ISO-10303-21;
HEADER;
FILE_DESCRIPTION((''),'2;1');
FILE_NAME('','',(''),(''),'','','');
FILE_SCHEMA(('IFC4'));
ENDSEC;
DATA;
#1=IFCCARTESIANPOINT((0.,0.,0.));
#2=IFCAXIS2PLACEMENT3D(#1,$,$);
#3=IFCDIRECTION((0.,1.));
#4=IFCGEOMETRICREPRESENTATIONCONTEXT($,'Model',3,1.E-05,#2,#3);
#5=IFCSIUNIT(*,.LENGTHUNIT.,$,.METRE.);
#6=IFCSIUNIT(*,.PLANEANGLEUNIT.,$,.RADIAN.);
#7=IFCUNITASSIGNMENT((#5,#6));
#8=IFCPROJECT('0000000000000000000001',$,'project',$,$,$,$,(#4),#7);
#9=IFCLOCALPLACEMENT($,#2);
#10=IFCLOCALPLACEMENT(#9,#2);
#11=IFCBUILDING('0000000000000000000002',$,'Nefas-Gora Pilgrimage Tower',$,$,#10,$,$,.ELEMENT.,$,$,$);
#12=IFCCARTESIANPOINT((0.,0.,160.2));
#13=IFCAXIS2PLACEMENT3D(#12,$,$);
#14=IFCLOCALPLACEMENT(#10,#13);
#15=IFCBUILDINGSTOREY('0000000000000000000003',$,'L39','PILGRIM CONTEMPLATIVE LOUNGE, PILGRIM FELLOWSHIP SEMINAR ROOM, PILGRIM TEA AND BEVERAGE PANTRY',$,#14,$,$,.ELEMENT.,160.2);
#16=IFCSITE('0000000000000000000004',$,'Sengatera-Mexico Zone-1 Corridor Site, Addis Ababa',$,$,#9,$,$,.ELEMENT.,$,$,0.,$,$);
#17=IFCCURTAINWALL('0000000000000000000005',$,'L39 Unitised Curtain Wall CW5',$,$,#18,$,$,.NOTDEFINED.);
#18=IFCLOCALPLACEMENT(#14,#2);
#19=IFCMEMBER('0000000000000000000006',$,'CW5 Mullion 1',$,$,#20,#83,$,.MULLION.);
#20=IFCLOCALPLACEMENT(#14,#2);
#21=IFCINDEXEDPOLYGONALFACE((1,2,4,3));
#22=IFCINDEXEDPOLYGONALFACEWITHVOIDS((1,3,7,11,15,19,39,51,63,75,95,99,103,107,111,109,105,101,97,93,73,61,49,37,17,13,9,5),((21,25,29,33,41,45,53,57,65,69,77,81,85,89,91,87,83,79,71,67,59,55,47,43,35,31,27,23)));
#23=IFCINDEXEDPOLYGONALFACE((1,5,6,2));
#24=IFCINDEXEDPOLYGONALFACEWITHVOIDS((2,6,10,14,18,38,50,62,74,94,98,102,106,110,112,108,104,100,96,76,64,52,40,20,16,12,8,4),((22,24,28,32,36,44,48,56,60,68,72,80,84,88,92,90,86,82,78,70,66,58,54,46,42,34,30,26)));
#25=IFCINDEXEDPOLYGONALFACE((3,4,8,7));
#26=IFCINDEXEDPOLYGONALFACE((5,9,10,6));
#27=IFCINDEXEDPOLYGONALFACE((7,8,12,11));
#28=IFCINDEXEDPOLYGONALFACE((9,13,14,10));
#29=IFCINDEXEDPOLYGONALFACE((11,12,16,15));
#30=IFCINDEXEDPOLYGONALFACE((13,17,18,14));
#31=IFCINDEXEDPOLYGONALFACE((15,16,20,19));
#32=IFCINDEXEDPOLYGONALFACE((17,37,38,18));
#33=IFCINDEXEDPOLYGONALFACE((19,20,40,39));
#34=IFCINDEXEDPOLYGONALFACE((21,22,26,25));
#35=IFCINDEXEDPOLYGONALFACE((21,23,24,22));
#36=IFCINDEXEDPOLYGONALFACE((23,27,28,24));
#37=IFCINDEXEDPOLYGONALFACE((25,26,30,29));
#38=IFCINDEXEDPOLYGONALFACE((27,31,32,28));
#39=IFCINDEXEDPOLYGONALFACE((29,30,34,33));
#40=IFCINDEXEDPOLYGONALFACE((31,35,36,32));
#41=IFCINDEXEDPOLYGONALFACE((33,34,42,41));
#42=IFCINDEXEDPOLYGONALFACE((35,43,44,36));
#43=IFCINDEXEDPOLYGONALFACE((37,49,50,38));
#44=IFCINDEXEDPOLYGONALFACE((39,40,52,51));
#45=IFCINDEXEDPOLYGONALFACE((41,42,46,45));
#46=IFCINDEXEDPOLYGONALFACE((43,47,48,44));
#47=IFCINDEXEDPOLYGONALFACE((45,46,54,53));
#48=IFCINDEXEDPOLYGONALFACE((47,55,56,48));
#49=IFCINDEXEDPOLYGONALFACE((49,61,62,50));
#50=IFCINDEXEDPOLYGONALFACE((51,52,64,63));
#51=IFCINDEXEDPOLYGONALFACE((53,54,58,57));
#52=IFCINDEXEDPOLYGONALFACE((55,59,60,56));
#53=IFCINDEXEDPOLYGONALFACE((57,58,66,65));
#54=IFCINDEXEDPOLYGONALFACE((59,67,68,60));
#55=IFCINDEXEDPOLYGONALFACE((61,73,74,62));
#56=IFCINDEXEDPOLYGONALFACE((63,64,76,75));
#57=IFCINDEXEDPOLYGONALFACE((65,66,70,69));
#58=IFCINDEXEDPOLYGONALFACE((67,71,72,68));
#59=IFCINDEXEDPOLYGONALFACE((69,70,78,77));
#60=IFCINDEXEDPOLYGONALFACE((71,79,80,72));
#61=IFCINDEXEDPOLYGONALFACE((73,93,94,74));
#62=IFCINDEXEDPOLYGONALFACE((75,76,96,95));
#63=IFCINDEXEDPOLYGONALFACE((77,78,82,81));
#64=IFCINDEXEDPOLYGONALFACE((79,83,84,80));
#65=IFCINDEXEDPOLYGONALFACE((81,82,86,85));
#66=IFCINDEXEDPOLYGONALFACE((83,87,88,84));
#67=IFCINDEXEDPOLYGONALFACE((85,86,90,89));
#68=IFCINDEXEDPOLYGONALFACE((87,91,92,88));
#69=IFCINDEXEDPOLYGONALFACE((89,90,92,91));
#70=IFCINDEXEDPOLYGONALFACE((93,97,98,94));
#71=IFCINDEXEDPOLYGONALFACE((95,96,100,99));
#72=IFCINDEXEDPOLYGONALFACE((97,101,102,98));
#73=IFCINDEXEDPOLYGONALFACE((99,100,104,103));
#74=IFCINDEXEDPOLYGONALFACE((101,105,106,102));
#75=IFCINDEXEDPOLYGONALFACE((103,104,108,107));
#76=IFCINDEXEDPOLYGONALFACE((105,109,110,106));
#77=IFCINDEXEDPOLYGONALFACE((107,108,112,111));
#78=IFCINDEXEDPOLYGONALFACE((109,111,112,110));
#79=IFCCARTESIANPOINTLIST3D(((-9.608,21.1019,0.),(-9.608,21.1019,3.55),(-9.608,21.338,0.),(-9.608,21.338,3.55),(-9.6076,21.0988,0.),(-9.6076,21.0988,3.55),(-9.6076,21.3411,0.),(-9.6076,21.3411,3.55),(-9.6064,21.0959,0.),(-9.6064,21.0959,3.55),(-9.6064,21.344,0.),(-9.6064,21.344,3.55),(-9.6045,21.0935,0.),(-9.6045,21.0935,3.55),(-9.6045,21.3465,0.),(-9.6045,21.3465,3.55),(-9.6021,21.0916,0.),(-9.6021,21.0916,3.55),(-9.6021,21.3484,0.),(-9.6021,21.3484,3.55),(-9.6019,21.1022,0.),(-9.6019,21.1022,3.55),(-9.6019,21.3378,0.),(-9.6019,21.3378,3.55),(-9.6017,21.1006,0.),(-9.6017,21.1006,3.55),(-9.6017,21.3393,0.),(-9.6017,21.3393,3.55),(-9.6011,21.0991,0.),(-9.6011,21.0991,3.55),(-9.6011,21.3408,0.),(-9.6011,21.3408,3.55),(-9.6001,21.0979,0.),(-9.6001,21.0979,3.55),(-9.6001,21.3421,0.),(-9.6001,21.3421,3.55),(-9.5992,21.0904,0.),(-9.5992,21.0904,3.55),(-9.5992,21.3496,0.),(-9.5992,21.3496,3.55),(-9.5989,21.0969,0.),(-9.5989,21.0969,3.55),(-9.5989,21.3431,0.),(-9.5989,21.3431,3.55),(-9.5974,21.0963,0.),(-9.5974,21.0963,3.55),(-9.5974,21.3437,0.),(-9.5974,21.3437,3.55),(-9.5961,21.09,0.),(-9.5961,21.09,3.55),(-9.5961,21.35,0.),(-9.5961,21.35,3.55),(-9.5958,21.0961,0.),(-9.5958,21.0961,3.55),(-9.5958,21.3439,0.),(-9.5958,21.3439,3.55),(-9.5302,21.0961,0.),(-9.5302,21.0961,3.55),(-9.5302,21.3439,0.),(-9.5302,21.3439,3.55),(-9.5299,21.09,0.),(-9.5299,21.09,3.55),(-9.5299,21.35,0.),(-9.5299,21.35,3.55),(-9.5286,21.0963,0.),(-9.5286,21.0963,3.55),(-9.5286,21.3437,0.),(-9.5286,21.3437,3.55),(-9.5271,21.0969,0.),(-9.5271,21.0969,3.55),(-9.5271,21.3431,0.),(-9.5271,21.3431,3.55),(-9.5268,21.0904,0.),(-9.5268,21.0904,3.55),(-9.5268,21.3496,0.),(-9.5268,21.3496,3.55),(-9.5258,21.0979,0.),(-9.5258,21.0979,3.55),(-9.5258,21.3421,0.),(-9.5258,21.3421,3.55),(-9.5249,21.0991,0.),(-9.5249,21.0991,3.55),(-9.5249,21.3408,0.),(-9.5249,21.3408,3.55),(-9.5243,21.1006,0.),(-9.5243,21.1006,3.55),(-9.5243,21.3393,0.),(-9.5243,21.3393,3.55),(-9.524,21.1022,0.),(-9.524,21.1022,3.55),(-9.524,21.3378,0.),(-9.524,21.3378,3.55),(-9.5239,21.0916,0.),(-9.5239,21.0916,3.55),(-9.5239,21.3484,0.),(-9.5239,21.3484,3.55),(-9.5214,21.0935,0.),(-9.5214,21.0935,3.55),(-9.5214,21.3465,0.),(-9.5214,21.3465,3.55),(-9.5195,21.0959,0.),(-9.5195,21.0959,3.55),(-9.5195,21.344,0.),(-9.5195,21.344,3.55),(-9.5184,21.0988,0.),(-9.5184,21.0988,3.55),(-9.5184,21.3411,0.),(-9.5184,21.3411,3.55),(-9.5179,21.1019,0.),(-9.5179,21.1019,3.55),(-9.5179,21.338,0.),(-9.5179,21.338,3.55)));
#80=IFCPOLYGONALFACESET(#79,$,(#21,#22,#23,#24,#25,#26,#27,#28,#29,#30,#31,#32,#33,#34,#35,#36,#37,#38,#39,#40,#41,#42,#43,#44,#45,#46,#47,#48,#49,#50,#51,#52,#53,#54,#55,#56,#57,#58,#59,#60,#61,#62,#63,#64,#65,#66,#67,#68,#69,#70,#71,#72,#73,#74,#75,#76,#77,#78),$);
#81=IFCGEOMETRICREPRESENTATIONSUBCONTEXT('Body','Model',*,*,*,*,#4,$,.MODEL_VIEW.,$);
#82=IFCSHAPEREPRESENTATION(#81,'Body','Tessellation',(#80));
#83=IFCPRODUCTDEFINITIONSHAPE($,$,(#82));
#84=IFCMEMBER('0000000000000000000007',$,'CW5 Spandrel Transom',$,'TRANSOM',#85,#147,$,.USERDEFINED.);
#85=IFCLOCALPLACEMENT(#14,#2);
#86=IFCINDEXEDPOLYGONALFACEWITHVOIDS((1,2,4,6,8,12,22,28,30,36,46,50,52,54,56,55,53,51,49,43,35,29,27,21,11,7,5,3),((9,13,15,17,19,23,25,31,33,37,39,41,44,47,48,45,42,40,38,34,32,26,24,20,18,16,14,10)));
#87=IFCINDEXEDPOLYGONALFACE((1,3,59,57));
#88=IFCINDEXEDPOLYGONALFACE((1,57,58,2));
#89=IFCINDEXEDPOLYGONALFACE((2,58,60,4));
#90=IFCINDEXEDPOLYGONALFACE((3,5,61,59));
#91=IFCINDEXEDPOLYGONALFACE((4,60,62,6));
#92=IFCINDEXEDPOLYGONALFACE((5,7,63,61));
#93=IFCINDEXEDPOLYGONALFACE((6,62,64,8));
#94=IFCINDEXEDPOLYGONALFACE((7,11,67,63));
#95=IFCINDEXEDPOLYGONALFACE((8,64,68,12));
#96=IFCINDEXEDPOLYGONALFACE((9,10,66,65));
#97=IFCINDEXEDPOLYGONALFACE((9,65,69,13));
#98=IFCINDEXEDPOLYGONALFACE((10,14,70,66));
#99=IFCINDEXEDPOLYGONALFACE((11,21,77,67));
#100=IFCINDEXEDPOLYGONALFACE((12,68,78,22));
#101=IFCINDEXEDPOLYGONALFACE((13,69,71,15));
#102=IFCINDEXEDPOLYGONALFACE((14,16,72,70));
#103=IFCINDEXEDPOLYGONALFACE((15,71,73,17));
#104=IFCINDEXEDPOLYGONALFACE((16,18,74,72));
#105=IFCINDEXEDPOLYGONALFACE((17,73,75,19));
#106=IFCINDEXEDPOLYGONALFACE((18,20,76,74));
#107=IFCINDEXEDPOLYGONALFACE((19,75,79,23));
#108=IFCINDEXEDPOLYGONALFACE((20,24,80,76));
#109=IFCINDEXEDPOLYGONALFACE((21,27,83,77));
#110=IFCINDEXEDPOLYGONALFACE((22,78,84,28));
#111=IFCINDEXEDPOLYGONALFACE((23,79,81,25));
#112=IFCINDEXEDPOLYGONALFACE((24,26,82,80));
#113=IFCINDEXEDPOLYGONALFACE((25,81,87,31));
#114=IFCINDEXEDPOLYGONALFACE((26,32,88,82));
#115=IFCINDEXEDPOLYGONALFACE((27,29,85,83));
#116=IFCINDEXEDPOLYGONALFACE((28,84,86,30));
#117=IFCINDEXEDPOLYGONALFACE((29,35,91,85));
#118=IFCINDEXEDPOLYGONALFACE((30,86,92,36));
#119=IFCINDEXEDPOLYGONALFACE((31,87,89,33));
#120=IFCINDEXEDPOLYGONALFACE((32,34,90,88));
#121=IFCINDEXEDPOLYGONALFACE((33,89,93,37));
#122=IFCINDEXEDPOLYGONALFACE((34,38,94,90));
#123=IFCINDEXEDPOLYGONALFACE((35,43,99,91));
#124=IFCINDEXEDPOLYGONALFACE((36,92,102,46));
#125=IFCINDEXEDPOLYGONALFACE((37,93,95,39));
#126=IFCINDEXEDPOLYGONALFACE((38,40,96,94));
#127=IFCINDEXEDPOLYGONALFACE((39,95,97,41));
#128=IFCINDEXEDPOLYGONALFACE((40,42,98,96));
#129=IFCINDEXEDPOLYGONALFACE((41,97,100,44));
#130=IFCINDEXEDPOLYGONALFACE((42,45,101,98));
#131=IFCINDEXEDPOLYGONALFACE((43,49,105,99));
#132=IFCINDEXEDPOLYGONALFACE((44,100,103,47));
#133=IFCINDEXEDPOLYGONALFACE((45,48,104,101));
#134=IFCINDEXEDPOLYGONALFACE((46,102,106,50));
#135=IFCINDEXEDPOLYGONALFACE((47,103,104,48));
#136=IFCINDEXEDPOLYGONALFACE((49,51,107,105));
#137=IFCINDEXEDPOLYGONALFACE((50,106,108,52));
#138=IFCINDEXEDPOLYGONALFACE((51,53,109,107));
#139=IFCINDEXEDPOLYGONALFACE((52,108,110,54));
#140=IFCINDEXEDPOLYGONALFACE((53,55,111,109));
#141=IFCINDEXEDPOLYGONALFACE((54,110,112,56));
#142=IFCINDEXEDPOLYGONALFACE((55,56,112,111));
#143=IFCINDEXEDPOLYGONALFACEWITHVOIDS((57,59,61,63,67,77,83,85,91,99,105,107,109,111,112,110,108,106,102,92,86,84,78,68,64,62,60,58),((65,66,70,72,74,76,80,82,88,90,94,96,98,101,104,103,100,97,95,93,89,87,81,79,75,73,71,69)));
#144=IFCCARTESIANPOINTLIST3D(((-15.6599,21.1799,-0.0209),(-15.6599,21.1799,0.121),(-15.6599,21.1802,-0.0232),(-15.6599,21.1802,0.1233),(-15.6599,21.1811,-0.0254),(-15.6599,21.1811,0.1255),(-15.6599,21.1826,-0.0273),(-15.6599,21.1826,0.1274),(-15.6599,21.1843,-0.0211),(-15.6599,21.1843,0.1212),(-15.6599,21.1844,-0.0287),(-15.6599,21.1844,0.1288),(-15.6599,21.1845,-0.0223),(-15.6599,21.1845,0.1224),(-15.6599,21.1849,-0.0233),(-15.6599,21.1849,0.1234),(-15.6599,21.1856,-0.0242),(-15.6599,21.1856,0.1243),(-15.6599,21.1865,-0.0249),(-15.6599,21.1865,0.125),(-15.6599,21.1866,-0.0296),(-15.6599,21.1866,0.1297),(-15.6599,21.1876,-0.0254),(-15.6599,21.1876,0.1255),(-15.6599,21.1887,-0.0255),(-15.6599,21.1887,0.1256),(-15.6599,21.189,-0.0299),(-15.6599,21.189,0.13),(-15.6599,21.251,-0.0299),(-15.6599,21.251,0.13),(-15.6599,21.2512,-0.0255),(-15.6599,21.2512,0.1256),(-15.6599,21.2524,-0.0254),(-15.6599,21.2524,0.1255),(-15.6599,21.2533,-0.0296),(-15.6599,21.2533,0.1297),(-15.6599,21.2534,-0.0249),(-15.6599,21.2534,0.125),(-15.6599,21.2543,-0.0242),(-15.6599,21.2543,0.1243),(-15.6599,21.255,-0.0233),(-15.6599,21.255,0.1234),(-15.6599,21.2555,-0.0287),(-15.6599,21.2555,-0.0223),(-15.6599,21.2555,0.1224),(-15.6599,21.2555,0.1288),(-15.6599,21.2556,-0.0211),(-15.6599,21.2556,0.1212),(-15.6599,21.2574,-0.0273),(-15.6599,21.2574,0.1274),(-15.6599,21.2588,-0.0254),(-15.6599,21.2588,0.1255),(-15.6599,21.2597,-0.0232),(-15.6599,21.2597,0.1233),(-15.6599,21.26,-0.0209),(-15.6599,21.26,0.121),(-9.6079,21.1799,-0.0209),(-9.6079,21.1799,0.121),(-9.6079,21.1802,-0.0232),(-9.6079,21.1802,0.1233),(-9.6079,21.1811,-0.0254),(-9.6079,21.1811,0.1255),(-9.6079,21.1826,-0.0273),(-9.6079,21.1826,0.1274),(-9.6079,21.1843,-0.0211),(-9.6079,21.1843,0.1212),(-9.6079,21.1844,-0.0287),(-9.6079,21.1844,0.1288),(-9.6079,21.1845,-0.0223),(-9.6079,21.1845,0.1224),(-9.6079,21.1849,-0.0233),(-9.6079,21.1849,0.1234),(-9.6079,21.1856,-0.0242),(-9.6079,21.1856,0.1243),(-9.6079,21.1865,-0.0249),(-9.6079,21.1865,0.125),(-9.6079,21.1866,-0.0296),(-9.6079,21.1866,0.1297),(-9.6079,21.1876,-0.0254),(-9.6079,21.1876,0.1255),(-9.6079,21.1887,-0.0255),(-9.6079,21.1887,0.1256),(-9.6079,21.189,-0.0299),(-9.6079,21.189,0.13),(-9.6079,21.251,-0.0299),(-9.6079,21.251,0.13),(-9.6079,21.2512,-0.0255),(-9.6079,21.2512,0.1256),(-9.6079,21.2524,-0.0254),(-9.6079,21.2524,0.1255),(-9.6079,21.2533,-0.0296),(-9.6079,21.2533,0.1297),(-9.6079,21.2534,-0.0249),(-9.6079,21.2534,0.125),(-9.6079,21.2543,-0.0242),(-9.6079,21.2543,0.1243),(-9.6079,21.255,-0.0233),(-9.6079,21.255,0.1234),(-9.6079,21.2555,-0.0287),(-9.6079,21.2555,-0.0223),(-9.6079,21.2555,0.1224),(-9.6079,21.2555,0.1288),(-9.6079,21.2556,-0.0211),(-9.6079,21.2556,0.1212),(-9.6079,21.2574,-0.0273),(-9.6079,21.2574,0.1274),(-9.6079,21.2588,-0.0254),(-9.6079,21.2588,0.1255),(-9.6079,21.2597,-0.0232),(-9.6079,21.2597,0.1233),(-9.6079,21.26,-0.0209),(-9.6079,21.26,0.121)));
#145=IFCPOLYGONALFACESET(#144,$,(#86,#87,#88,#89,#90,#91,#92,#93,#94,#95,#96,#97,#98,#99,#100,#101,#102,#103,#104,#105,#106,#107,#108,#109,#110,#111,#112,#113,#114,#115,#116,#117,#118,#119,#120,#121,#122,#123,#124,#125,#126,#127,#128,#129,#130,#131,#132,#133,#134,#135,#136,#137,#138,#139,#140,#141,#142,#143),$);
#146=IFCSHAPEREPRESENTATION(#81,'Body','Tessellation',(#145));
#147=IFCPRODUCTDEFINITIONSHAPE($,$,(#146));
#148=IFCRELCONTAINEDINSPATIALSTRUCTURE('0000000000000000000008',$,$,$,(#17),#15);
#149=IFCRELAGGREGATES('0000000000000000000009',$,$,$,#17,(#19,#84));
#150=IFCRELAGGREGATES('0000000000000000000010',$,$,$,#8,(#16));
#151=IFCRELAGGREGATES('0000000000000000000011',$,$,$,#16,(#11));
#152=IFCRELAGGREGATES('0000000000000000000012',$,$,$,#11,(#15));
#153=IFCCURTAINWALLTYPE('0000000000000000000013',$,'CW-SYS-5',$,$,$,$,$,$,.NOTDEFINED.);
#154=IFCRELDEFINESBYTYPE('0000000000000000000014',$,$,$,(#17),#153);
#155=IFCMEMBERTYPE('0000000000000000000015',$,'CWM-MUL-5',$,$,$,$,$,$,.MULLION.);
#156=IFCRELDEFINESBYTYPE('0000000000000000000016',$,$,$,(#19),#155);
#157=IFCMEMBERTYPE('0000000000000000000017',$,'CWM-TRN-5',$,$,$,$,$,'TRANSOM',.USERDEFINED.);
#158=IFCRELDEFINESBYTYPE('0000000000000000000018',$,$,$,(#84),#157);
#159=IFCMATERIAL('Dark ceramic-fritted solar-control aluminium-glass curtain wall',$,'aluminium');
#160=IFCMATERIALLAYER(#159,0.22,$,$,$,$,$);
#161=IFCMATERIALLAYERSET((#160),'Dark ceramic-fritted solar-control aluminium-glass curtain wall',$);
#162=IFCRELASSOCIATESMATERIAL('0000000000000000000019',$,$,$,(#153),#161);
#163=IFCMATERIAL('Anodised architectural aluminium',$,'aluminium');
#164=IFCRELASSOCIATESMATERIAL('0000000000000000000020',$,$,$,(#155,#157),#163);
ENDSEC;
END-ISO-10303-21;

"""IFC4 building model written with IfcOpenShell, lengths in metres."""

from ifc_helpers import new_model, si_unit, direction, frame, origin, origin_2d, place, context, subcontext, project, spatial, hollow_rectangle, extrude, source, transform, mapped, material, layer, layer_set, material_profile, profile_set, type_object, element, aggregate, save


model = new_model("IFC4")

# Units and contexts
model_context = context("Model", 3, precision=1e-05, world=origin(), true_north=direction((0.0, 1.0)))
body_context = subcontext(model_context, "Body", "Model", "MODEL_VIEW")
ifc_project = project(units=[si_unit("LENGTHUNIT", "METRE"), si_unit("PLANEANGLEUNIT", "RADIAN")], contexts=[model_context])

# Site, building, storey
site_placement = place(None, origin())
site = spatial("IfcSite", under=ifc_project, at=site_placement, Name="Sengatera-Mexico Zone-1 Corridor Site, Addis Ababa", CompositionType="ELEMENT", RefElevation=0.0)
building_placement = place(site_placement, origin())
building = spatial("IfcBuilding", under=site, at=building_placement, Name="Nefas-Gora Pilgrimage Tower", CompositionType="ELEMENT")
storey_placement = place(building_placement, frame((0.0, 0.0, 160.2)))
storey = spatial("IfcBuildingStorey", under=building, at=storey_placement, Name="L39", Description="PILGRIM CONTEMPLATIVE LOUNGE, PILGRIM FELLOWSHIP SEMINAR ROOM, PILGRIM TEA AND BEVERAGE PANTRY", CompositionType="ELEMENT", Elevation=160.2)

# Shared definitions
ifc_material_1 = material(Name="Dark ceramic-fritted solar-control aluminium-glass curtain wall", Category="aluminium")
ifc_layer_1 = layer(ifc_material_1, 0.22)
ifc_layer_set_1 = layer_set([ifc_layer_1], Name="Dark ceramic-fritted solar-control aluminium-glass curtain wall")
curtain_wall_type = type_object("IfcCurtainWallType", Name="CW-SYS-5", PredefinedType="NOTDEFINED", material=ifc_layer_set_1)
ifc_material_2 = material(Name="Anodised architectural aluminium", Category="aluminium")
ifc_material_profile_1 = material_profile(ifc_material_2, hollow_rectangle(XDim=0.0901, YDim=0.26, WallThickness=0.0061, InnerFilletRadius=0.0061, OuterFilletRadius=0.012, at=origin_2d()), Name="ALU MULLION 90x260")
ifc_profile_set_1 = profile_set([ifc_material_profile_1], Name="Anodised architectural aluminium")
member_type_1 = type_object("IfcMemberType", Name="CWM-MUL-5", PredefinedType="MULLION", material=ifc_profile_set_1)
shared_shape_1 = source(origin(), body_context, "Body", "SweptSolid", [
    extrude(hollow_rectangle(XDim=0.0901, YDim=0.26, WallThickness=0.0061, InnerFilletRadius=0.0061, OuterFilletRadius=0.012, at=origin_2d()), origin(), (0.0, 0.0, 1.0), 3.55),
])

# Curtain wall, members
curtain_wall_1_placement = place(storey_placement, origin())
curtain_wall_1 = element("IfcCurtainWall", 1, at=curtain_wall_1_placement, inside=storey, type_object=curtain_wall_type, Name="L39 Unitised Curtain Wall CW5", PredefinedType="NOTDEFINED")
member_1_placement = place(storey_placement, frame((-9.563, 21.22, 0.0), z_axis=(0.0, 0.0, 1.0), x_axis=(-1.0, 0.0, 0.0)))
member_1 = element("IfcMember", 2, at=member_1_placement, type_object=member_type_1, Name="CW5 Mullion 1", PredefinedType="MULLION", context=body_context, shape_type="MappedRepresentation", body=[
    mapped(shared_shape_1, transform((0.0, 0.0, 0.0), x_axis=(1.0, 0.0, 0.0), y_axis=(0.0, 1.0, 0.0), z_axis=(0.0, 0.0, 1.0), scale=1.0)),
])
ifc_material_profile_2 = material_profile(ifc_material_2, hollow_rectangle(XDim=0.0801, YDim=0.1599, WallThickness=0.0044, InnerFilletRadius=0.0044, OuterFilletRadius=0.009, at=origin_2d()), Name="ALU TRANSOM 80x160")
ifc_profile_set_2 = profile_set([ifc_material_profile_2], Name="Anodised architectural aluminium")
member_type_2 = type_object("IfcMemberType", Name="CWM-TRN-5", ElementType="TRANSOM", PredefinedType="USERDEFINED", material=ifc_profile_set_2)
shared_shape_2 = source(origin(), body_context, "Body", "SweptSolid", [
    extrude(hollow_rectangle(XDim=0.0801, YDim=0.1599, WallThickness=0.0044, InnerFilletRadius=0.0044, OuterFilletRadius=0.009, at=origin_2d()), origin(), (0.0, 0.0, 1.0), 6.052),
])
member_2_placement = place(storey_placement, frame((-9.6079, 21.22, 0.05), z_axis=(-1.0, 0.0, 0.0), x_axis=(0.0, -1.0, 0.0)))
member_2 = element("IfcMember", 3, at=member_2_placement, type_object=member_type_2, Name="CW5 Spandrel Transom", ObjectType="TRANSOM", PredefinedType="USERDEFINED", context=body_context, shape_type="MappedRepresentation", body=[
    mapped(shared_shape_2, transform((0.0, 0.0, 0.0), x_axis=(1.0, 0.0, 0.0), y_axis=(0.0, 1.0, 0.0), z_axis=(0.0, 0.0, 1.0), scale=1.0)),
])
aggregate(curtain_wall_1, [member_1, member_2])

save(model, "model.ifc")
